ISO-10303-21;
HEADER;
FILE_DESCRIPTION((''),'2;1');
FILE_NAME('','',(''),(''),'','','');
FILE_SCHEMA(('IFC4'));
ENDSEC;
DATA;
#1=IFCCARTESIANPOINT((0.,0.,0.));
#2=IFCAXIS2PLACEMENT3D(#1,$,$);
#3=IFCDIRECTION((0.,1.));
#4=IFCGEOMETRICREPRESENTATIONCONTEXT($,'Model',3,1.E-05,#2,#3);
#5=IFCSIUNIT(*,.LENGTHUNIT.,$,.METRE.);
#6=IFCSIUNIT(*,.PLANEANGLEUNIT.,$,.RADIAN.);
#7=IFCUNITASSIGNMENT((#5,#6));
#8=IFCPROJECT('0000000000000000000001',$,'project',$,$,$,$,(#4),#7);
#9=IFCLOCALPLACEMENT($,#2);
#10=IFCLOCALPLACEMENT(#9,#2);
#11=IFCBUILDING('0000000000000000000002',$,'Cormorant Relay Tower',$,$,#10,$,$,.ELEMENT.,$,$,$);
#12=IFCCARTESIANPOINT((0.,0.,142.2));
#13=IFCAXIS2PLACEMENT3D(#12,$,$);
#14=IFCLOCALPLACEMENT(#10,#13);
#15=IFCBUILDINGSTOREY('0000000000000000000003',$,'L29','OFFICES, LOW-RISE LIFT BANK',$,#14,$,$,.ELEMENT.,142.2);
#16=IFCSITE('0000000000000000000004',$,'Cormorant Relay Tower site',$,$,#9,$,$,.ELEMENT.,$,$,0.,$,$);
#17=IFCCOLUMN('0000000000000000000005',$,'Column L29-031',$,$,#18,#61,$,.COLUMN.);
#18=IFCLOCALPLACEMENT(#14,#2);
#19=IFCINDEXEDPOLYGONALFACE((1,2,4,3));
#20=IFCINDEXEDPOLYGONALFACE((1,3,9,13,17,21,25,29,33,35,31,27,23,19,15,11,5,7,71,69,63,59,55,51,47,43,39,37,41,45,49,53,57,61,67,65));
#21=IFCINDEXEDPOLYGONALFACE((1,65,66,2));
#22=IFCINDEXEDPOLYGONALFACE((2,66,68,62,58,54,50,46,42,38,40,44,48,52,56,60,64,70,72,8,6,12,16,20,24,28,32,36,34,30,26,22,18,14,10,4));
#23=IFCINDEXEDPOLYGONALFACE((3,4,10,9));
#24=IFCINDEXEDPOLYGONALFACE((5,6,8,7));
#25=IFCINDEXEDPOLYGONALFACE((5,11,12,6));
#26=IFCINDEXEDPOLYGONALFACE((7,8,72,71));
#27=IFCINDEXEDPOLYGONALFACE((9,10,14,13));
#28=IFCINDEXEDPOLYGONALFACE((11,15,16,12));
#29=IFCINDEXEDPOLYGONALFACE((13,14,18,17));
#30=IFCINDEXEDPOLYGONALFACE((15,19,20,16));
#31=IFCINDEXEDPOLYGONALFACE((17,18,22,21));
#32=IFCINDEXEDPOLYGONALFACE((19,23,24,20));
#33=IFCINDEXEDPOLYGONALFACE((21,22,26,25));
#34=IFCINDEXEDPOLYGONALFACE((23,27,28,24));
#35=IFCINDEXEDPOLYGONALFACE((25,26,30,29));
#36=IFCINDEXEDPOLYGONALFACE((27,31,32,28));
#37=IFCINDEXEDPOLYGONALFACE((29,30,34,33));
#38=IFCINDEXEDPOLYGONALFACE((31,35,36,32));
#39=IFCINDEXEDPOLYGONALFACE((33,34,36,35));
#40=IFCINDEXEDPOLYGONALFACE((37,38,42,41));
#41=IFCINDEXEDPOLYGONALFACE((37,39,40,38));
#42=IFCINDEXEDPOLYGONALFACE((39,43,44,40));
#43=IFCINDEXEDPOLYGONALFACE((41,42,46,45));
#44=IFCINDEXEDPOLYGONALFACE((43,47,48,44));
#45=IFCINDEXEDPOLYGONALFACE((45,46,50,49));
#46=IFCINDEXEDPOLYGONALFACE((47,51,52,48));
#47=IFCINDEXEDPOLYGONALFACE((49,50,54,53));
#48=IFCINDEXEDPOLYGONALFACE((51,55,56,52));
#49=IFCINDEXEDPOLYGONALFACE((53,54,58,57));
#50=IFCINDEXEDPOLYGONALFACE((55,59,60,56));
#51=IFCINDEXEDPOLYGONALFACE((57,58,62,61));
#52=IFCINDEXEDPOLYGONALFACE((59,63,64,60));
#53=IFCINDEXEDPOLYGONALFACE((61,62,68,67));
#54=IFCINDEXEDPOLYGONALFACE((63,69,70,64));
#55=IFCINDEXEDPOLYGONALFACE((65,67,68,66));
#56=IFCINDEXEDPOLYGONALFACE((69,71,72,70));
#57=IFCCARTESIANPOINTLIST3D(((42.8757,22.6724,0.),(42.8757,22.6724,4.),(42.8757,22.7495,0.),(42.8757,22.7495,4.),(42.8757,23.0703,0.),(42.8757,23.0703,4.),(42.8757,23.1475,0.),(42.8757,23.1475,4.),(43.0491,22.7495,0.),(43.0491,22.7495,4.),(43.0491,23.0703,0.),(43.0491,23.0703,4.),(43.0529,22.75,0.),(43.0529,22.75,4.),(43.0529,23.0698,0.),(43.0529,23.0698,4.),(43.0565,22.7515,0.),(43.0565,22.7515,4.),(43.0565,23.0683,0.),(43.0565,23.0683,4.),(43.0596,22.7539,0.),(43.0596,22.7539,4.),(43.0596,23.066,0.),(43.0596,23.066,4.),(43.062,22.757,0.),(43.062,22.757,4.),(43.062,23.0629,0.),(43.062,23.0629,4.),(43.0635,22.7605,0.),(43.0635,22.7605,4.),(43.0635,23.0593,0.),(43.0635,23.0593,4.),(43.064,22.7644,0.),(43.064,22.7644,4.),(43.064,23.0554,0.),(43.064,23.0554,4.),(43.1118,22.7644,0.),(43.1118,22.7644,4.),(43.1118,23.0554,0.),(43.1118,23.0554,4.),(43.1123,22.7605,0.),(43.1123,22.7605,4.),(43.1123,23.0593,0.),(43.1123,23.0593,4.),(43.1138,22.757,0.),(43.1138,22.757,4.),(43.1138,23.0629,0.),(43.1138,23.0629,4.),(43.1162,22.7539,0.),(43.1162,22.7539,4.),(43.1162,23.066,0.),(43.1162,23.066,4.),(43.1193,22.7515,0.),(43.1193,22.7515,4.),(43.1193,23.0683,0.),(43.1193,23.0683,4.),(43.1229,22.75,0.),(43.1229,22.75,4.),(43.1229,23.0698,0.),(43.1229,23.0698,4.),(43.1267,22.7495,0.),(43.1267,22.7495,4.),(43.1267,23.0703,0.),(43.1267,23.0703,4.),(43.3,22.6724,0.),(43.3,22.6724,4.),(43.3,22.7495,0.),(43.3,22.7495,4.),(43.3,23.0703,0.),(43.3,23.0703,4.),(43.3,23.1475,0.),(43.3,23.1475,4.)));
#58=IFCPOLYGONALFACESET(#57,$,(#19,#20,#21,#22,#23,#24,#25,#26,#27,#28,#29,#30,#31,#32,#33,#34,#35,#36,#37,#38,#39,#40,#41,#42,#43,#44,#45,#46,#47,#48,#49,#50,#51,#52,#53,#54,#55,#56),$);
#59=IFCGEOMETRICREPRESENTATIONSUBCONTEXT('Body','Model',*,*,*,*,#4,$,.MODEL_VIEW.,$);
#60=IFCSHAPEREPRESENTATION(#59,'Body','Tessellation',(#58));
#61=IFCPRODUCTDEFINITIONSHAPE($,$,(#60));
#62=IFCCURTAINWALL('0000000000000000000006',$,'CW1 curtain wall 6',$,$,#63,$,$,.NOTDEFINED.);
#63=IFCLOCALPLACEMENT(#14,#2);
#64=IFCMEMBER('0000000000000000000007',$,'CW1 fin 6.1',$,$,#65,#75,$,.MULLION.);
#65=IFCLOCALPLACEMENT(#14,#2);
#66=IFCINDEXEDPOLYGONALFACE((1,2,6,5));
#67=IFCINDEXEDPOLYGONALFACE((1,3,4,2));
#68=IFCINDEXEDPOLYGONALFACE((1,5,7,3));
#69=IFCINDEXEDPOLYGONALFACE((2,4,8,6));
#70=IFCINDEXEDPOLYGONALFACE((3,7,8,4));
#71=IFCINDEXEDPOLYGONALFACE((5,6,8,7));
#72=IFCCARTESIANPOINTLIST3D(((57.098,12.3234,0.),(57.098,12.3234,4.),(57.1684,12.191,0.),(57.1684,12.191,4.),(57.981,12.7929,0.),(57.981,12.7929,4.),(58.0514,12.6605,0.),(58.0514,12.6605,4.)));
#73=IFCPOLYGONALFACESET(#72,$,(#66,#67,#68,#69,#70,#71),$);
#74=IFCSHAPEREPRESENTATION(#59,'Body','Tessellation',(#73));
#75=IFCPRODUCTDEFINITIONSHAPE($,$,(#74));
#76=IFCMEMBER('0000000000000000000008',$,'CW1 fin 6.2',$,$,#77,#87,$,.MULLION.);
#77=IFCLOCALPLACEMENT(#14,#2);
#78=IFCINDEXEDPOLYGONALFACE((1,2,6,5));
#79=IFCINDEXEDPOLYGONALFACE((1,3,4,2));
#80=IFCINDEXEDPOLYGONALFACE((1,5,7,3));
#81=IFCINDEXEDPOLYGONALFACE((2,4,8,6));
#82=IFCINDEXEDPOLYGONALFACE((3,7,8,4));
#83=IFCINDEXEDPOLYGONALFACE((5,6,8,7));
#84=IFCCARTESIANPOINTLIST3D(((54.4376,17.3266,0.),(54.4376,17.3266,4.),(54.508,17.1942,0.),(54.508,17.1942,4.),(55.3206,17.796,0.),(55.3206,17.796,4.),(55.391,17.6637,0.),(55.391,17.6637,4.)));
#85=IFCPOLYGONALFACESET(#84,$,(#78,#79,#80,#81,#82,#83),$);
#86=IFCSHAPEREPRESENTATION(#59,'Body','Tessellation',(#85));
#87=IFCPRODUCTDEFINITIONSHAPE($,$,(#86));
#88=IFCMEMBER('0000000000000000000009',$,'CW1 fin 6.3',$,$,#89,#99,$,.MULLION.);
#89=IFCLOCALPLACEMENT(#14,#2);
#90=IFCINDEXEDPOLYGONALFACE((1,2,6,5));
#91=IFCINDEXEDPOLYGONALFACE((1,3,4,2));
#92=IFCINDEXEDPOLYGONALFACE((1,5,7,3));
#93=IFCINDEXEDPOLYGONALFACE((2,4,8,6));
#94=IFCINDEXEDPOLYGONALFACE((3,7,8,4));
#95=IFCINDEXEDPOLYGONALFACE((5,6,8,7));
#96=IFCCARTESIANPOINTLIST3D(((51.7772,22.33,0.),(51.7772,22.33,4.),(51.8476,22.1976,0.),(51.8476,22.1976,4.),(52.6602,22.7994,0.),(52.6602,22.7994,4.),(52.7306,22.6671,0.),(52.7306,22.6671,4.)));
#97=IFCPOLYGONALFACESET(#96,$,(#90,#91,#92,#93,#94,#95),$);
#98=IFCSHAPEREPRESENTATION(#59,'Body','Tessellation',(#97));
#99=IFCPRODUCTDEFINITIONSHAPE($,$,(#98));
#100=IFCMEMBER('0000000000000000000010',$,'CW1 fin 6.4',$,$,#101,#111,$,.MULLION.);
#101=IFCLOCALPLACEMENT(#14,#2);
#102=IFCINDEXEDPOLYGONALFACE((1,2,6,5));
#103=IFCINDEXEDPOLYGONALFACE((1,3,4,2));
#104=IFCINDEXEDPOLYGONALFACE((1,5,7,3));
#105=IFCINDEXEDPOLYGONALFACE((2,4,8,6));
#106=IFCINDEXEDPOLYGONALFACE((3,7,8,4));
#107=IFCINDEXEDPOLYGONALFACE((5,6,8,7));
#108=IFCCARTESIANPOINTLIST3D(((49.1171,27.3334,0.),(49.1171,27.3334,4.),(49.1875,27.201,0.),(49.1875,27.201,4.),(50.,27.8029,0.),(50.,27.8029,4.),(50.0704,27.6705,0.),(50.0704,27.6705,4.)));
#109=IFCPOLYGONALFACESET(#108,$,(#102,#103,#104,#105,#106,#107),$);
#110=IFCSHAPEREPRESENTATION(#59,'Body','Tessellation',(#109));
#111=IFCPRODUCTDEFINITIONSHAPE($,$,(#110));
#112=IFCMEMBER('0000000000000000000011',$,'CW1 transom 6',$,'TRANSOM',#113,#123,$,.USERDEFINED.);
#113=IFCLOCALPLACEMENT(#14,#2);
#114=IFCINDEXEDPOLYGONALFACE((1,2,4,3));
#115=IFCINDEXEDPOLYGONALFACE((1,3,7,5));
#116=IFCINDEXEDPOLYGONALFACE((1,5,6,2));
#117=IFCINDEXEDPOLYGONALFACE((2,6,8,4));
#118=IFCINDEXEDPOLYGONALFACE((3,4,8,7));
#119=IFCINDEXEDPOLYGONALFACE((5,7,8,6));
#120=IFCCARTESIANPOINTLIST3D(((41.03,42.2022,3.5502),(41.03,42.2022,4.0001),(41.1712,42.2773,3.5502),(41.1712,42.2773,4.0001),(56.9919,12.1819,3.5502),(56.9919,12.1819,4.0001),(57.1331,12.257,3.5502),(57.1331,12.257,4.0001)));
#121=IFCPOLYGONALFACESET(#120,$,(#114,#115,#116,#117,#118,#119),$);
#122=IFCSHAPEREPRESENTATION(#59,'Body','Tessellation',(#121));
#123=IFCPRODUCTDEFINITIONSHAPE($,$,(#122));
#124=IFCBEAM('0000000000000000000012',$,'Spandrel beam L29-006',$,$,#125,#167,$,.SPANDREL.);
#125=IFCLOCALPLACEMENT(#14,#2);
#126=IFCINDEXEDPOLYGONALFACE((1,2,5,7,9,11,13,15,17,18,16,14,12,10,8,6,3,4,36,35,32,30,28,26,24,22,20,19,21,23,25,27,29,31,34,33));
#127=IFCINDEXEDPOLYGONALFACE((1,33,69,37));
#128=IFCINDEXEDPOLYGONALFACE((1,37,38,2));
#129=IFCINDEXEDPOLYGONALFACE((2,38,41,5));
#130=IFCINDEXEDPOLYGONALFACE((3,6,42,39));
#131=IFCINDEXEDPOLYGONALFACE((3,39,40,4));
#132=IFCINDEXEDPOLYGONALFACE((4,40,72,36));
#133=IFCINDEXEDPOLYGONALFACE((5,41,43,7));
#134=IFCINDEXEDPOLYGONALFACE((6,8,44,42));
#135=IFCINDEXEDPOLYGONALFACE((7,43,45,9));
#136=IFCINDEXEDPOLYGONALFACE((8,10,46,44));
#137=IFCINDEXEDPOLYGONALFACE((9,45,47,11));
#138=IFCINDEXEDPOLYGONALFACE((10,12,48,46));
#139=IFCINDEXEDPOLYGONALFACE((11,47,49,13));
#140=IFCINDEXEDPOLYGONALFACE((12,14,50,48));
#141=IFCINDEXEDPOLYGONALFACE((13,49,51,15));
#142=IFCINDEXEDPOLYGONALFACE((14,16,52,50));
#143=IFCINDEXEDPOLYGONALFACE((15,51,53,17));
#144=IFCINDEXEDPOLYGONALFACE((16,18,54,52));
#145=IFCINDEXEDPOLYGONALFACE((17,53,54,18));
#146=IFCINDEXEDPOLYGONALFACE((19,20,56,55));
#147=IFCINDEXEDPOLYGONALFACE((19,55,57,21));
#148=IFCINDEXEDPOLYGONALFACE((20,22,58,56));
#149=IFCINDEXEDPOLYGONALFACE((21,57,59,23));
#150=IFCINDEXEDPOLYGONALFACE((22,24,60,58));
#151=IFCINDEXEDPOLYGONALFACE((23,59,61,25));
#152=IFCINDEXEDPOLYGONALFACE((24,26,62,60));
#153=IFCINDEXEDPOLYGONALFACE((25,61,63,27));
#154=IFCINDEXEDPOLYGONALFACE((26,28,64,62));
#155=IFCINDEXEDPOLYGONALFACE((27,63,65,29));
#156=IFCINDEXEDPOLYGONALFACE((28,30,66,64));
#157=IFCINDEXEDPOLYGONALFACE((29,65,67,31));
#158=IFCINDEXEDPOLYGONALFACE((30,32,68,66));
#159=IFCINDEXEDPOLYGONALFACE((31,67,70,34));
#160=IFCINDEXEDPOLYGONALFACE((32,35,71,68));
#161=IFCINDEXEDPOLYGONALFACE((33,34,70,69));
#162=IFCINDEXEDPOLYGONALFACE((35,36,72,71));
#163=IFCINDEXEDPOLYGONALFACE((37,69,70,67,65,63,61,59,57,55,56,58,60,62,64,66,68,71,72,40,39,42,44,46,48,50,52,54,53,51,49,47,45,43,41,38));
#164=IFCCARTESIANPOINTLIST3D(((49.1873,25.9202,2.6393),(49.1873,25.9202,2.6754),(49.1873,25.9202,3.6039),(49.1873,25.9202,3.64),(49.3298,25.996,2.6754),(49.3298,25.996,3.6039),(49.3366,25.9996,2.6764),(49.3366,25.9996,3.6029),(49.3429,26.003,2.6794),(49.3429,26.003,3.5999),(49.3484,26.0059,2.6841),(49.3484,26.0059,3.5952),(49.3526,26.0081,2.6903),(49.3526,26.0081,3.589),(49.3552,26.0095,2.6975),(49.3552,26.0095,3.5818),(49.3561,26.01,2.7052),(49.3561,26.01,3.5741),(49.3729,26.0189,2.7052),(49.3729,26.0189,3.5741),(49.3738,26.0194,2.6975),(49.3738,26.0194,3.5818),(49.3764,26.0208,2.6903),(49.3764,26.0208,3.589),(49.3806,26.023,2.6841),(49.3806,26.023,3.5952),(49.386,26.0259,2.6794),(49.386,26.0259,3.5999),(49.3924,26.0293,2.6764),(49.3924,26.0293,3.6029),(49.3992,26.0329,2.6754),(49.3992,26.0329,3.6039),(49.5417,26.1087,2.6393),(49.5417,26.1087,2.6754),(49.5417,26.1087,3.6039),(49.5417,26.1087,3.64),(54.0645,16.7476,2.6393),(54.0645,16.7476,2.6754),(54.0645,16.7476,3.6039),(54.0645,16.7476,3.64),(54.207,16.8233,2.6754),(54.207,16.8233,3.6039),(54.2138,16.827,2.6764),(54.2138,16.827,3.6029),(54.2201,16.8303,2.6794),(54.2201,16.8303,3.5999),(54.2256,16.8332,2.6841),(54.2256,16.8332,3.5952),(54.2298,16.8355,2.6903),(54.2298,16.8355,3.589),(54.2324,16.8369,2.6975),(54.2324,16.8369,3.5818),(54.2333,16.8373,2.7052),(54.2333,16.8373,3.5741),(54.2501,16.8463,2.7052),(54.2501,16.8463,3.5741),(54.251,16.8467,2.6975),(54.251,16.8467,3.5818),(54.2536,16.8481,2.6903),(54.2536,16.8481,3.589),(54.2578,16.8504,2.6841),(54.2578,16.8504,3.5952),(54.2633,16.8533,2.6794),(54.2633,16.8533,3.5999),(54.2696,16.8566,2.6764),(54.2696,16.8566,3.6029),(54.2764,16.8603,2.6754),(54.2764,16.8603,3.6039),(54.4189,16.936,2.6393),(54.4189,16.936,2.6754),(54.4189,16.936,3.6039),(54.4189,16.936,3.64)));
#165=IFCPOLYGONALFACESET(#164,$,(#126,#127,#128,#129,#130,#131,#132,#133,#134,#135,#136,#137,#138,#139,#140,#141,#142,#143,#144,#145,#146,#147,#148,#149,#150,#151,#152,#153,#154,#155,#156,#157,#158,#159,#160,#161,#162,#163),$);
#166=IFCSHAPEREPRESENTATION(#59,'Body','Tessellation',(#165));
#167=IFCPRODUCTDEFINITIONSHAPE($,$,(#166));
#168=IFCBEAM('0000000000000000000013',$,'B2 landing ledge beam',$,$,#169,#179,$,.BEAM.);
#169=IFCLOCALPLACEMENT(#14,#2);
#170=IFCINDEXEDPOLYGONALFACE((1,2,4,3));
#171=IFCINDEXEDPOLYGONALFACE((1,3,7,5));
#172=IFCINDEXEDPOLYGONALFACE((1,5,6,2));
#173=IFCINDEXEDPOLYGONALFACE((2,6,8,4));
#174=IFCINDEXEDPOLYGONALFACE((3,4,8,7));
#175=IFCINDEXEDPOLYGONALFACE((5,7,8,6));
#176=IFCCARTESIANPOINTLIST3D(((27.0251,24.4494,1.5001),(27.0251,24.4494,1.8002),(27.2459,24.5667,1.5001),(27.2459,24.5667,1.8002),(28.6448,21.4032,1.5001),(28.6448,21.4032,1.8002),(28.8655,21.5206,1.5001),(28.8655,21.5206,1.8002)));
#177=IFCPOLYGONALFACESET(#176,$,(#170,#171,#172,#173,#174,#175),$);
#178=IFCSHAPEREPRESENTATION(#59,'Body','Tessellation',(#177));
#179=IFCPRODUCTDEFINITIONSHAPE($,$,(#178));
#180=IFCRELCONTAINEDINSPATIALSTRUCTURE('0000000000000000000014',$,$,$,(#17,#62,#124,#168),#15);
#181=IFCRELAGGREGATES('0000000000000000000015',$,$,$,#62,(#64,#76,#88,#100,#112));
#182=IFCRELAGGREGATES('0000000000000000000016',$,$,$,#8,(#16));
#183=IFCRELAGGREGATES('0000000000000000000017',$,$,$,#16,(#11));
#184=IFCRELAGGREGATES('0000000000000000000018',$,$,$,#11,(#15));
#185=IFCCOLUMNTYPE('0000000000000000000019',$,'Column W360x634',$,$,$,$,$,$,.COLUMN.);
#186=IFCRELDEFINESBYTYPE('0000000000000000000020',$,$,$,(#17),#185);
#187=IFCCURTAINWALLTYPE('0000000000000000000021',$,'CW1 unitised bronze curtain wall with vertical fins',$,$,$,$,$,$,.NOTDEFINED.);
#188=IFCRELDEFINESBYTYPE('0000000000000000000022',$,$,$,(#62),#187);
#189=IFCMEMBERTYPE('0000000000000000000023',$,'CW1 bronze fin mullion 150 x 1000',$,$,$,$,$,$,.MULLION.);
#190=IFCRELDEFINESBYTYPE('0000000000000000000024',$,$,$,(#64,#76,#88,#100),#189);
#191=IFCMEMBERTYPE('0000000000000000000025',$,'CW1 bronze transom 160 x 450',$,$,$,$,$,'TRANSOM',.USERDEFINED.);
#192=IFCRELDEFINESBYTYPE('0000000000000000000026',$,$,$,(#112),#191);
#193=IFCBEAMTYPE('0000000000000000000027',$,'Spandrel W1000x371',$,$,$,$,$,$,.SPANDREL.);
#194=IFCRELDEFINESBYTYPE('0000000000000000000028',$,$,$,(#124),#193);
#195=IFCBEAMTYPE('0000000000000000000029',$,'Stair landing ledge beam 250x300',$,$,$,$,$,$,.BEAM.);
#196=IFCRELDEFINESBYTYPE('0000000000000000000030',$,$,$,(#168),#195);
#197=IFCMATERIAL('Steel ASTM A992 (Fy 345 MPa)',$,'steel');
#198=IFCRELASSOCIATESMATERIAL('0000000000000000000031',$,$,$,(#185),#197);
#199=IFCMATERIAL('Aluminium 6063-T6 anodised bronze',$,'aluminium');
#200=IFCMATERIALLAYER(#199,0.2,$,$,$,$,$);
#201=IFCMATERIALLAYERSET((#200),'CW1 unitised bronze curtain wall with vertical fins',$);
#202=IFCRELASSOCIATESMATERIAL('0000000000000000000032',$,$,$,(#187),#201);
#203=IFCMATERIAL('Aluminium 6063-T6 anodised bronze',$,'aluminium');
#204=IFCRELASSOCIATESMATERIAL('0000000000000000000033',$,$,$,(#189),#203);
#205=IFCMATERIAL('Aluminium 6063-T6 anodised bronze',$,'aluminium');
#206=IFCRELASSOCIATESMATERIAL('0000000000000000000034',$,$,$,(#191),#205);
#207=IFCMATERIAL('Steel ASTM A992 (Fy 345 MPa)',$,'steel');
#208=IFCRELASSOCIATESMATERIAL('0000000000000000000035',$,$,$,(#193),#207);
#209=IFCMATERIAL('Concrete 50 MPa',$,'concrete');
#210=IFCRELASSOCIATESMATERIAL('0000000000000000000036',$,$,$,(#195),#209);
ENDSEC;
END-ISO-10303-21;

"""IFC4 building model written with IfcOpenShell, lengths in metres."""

from ifc_helpers import new_model, si_unit, direction, frame, origin, origin_2d, place, context, subcontext, project, spatial, rectangle, i_section, extrude, material, layer, layer_set, material_profile, profile_set, type_object, element, aggregate, save


model = new_model("IFC4")

# Units and contexts
model_context = context("Model", 3, precision=1e-05, world=origin(), true_north=direction((0.0, 1.0)))
body_context = subcontext(model_context, "Body", "Model", "MODEL_VIEW")
ifc_project = project(units=[si_unit("LENGTHUNIT", "METRE"), si_unit("PLANEANGLEUNIT", "RADIAN")], contexts=[model_context])

# Site, building, storey
site_placement = place(None, origin())
site = spatial("IfcSite", under=ifc_project, at=site_placement, Name="Cormorant Relay Tower site", CompositionType="ELEMENT", RefElevation=0.0)
building_placement = place(site_placement, origin())
building = spatial("IfcBuilding", under=site, at=building_placement, Name="Cormorant Relay Tower", CompositionType="ELEMENT")
storey_placement = place(building_placement, frame((0.0, 0.0, 142.2)))
storey = spatial("IfcBuildingStorey", under=building, at=storey_placement, Name="L29", Description="OFFICES, LOW-RISE LIFT BANK", CompositionType="ELEMENT", Elevation=142.2)

# Column
ifc_material_1 = material(Name="Steel ASTM A992 (Fy 345 MPa)", Category="steel")
ifc_material_profile_1 = material_profile(ifc_material_1, i_section(OverallWidth=0.4243, OverallDepth=0.4751, WebThickness=0.0479, FlangeThickness=0.0771, FilletRadius=0.0149, at=origin_2d()), Name="W360x634")
ifc_profile_set_1 = profile_set([ifc_material_profile_1], Name="Steel ASTM A992 (Fy 345 MPa)")
column_type_1 = type_object("IfcColumnType", Name="Column W360x634", PredefinedType="COLUMN", material=ifc_profile_set_1)
for number, where, z_axis, x_axis, name in (
    (1, (43.0879, 22.9099, 0.0), (0.0, 0.0, 1.0), (1.0, 0.0, 0.0), "Column L29-031"),
):
    element("IfcColumn", number, at=place(storey_placement, frame(where, z_axis=z_axis, x_axis=x_axis)), inside=storey, type_object=column_type_1, Name=name, PredefinedType="COLUMN", context=body_context, shape_type="SweptSolid", body=[
        extrude(i_section(OverallWidth=0.4243, OverallDepth=0.4751, WebThickness=0.0479, FlangeThickness=0.0771, FilletRadius=0.0149, at=origin_2d()), origin(), (0.0, 0.0, 1.0), 4.0),
    ])

# Curtain wall, members
ifc_material_2 = material(Name="Aluminium 6063-T6 anodised bronze", Category="aluminium")
ifc_layer_1 = layer(ifc_material_2, 0.2)
ifc_layer_set_1 = layer_set([ifc_layer_1], Name="CW1 unitised bronze curtain wall with vertical fins")
curtain_wall_type = type_object("IfcCurtainWallType", Name="CW1 unitised bronze curtain wall with vertical fins", PredefinedType="NOTDEFINED", material=ifc_layer_set_1)
curtain_wall_1_placement = place(storey_placement, origin())
curtain_wall_1 = element("IfcCurtainWall", 2, at=curtain_wall_1_placement, inside=storey, type_object=curtain_wall_type, Name="CW1 curtain wall 6", PredefinedType="NOTDEFINED")
ifc_material_3 = material(Name="Aluminium 6063-T6 anodised bronze", Category="aluminium")
ifc_material_profile_2 = material_profile(ifc_material_3, rectangle(XDim=0.1499, YDim=1.0, at=origin_2d()), Name="AL 150x1000")
ifc_profile_set_2 = profile_set([ifc_material_profile_2], Name="Aluminium 6063-T6 anodised bronze")
member_type_1 = type_object("IfcMemberType", Name="CW1 bronze fin mullion 150 x 1000", PredefinedType="MULLION", material=ifc_profile_set_2)
member_1_placement = place(storey_placement, frame((57.5747, 12.4919, 0.0), z_axis=(0.0, 0.0, 1.0), x_axis=(-0.469472, 0.882948, 0.0)))
member_1 = element("IfcMember", 3, at=member_1_placement, type_object=member_type_1, Name="CW1 fin 6.1", PredefinedType="MULLION", context=body_context, shape_type="SweptSolid", body=[
    extrude(rectangle(XDim=0.1499, YDim=1.0, at=origin_2d()), origin(), (0.0, 0.0, 1.0), 4.0),
])
member_2_placement = place(storey_placement, frame((54.9143, 17.4951, 0.0), z_axis=(0.0, 0.0, 1.0), x_axis=(-0.469472, 0.882948, 0.0)))
member_2 = element("IfcMember", 4, at=member_2_placement, type_object=member_type_1, Name="CW1 fin 6.2", PredefinedType="MULLION", context=body_context, shape_type="SweptSolid", body=[
    extrude(rectangle(XDim=0.1499, YDim=1.0, at=origin_2d()), origin(), (0.0, 0.0, 1.0), 4.0),
])
member_3_placement = place(storey_placement, frame((52.2539, 22.4985, 0.0), z_axis=(0.0, 0.0, 1.0), x_axis=(-0.469472, 0.882948, 0.0)))
member_3 = element("IfcMember", 5, at=member_3_placement, type_object=member_type_1, Name="CW1 fin 6.3", PredefinedType="MULLION", context=body_context, shape_type="SweptSolid", body=[
    extrude(rectangle(XDim=0.1499, YDim=1.0, at=origin_2d()), origin(), (0.0, 0.0, 1.0), 4.0),
])
member_4_placement = place(storey_placement, frame((49.5938, 27.502, 0.0), z_axis=(0.0, 0.0, 1.0), x_axis=(-0.469472, 0.882948, 0.0)))
member_4 = element("IfcMember", 6, at=member_4_placement, type_object=member_type_1, Name="CW1 fin 6.4", PredefinedType="MULLION", context=body_context, shape_type="SweptSolid", body=[
    extrude(rectangle(XDim=0.1499, YDim=1.0, at=origin_2d()), origin(), (0.0, 0.0, 1.0), 4.0),
])
ifc_material_4 = material(Name="Aluminium 6063-T6 anodised bronze", Category="aluminium")
ifc_material_profile_3 = material_profile(ifc_material_4, rectangle(XDim=0.1599, YDim=0.45, at=origin_2d()), Name="AL 160x450")
ifc_profile_set_3 = profile_set([ifc_material_profile_3], Name="Aluminium 6063-T6 anodised bronze")
member_type_2 = type_object("IfcMemberType", Name="CW1 bronze transom 160 x 450", ElementType="TRANSOM", PredefinedType="USERDEFINED", material=ifc_profile_set_3)
member_5_placement = place(storey_placement, frame((57.0625, 12.2195, 3.7751), z_axis=(-0.469468, 0.882949, 0.0), x_axis=(-0.882949, -0.469468, 0.0)))
member_5 = element("IfcMember", 7, at=member_5_placement, type_object=member_type_2, Name="CW1 transom 6", ObjectType="TRANSOM", PredefinedType="USERDEFINED", context=body_context, shape_type="SweptSolid", body=[
    extrude(rectangle(XDim=0.1599, YDim=0.45, at=origin_2d()), origin(), (0.0, 0.0, 1.0), 34.0),
])

# Beams
ifc_material_5 = material(Name="Steel ASTM A992 (Fy 345 MPa)", Category="steel")
ifc_material_profile_4 = material_profile(ifc_material_5, i_section(OverallWidth=0.4014, OverallDepth=1.0007, WebThickness=0.019, FlangeThickness=0.0361, FilletRadius=0.0298, at=origin_2d()), Name="W1000x371")
ifc_profile_set_4 = profile_set([ifc_material_profile_4], Name="Steel ASTM A992 (Fy 345 MPa)")
beam_type_1 = type_object("IfcBeamType", Name="Spandrel W1000x371", PredefinedType="SPANDREL", material=ifc_profile_set_4)
beam_1_placement = place(storey_placement, frame((54.2417, 16.8418, 3.1396), z_axis=(-0.469474, 0.882946, 0.0), x_axis=(-0.882946, -0.469474, 0.0)))
element("IfcBeam", 8, at=beam_1_placement, inside=storey, type_object=beam_type_1, Name="Spandrel beam L29-006", PredefinedType="SPANDREL", context=body_context, shape_type="SweptSolid", body=[
    extrude(i_section(OverallWidth=0.4014, OverallDepth=1.0007, WebThickness=0.019, FlangeThickness=0.0361, FilletRadius=0.0298, at=origin_2d()), origin(), (0.0, 0.0, 1.0), 10.3887),
])
ifc_material_6 = material(Name="Concrete 50 MPa", Category="concrete")
ifc_material_profile_5 = material_profile(ifc_material_6, rectangle(XDim=0.25, YDim=0.3, at=origin_2d()), Name="RC 250x300")
ifc_profile_set_5 = profile_set([ifc_material_profile_5], Name="Concrete 50 MPa")
beam_type_2 = type_object("IfcBeamType", Name="Stair landing ledge beam 250x300", PredefinedType="BEAM", material=ifc_profile_set_5)
beam_2_placement = place(storey_placement, frame((28.7551, 21.4619, 1.6501), z_axis=(-0.469464, 0.882952, 0.0), x_axis=(-0.882952, -0.469464, 0.0)))
element("IfcBeam", 9, at=beam_2_placement, inside=storey, type_object=beam_type_2, Name="B2 landing ledge beam", PredefinedType="BEAM", context=body_context, shape_type="SweptSolid", body=[
    extrude(rectangle(XDim=0.25, YDim=0.3, at=origin_2d()), origin(), (0.0, 0.0, 1.0), 3.45),
])

aggregate(curtain_wall_1, [member_1, member_2, member_3, member_4, member_5])

save(model, "model.ifc")
